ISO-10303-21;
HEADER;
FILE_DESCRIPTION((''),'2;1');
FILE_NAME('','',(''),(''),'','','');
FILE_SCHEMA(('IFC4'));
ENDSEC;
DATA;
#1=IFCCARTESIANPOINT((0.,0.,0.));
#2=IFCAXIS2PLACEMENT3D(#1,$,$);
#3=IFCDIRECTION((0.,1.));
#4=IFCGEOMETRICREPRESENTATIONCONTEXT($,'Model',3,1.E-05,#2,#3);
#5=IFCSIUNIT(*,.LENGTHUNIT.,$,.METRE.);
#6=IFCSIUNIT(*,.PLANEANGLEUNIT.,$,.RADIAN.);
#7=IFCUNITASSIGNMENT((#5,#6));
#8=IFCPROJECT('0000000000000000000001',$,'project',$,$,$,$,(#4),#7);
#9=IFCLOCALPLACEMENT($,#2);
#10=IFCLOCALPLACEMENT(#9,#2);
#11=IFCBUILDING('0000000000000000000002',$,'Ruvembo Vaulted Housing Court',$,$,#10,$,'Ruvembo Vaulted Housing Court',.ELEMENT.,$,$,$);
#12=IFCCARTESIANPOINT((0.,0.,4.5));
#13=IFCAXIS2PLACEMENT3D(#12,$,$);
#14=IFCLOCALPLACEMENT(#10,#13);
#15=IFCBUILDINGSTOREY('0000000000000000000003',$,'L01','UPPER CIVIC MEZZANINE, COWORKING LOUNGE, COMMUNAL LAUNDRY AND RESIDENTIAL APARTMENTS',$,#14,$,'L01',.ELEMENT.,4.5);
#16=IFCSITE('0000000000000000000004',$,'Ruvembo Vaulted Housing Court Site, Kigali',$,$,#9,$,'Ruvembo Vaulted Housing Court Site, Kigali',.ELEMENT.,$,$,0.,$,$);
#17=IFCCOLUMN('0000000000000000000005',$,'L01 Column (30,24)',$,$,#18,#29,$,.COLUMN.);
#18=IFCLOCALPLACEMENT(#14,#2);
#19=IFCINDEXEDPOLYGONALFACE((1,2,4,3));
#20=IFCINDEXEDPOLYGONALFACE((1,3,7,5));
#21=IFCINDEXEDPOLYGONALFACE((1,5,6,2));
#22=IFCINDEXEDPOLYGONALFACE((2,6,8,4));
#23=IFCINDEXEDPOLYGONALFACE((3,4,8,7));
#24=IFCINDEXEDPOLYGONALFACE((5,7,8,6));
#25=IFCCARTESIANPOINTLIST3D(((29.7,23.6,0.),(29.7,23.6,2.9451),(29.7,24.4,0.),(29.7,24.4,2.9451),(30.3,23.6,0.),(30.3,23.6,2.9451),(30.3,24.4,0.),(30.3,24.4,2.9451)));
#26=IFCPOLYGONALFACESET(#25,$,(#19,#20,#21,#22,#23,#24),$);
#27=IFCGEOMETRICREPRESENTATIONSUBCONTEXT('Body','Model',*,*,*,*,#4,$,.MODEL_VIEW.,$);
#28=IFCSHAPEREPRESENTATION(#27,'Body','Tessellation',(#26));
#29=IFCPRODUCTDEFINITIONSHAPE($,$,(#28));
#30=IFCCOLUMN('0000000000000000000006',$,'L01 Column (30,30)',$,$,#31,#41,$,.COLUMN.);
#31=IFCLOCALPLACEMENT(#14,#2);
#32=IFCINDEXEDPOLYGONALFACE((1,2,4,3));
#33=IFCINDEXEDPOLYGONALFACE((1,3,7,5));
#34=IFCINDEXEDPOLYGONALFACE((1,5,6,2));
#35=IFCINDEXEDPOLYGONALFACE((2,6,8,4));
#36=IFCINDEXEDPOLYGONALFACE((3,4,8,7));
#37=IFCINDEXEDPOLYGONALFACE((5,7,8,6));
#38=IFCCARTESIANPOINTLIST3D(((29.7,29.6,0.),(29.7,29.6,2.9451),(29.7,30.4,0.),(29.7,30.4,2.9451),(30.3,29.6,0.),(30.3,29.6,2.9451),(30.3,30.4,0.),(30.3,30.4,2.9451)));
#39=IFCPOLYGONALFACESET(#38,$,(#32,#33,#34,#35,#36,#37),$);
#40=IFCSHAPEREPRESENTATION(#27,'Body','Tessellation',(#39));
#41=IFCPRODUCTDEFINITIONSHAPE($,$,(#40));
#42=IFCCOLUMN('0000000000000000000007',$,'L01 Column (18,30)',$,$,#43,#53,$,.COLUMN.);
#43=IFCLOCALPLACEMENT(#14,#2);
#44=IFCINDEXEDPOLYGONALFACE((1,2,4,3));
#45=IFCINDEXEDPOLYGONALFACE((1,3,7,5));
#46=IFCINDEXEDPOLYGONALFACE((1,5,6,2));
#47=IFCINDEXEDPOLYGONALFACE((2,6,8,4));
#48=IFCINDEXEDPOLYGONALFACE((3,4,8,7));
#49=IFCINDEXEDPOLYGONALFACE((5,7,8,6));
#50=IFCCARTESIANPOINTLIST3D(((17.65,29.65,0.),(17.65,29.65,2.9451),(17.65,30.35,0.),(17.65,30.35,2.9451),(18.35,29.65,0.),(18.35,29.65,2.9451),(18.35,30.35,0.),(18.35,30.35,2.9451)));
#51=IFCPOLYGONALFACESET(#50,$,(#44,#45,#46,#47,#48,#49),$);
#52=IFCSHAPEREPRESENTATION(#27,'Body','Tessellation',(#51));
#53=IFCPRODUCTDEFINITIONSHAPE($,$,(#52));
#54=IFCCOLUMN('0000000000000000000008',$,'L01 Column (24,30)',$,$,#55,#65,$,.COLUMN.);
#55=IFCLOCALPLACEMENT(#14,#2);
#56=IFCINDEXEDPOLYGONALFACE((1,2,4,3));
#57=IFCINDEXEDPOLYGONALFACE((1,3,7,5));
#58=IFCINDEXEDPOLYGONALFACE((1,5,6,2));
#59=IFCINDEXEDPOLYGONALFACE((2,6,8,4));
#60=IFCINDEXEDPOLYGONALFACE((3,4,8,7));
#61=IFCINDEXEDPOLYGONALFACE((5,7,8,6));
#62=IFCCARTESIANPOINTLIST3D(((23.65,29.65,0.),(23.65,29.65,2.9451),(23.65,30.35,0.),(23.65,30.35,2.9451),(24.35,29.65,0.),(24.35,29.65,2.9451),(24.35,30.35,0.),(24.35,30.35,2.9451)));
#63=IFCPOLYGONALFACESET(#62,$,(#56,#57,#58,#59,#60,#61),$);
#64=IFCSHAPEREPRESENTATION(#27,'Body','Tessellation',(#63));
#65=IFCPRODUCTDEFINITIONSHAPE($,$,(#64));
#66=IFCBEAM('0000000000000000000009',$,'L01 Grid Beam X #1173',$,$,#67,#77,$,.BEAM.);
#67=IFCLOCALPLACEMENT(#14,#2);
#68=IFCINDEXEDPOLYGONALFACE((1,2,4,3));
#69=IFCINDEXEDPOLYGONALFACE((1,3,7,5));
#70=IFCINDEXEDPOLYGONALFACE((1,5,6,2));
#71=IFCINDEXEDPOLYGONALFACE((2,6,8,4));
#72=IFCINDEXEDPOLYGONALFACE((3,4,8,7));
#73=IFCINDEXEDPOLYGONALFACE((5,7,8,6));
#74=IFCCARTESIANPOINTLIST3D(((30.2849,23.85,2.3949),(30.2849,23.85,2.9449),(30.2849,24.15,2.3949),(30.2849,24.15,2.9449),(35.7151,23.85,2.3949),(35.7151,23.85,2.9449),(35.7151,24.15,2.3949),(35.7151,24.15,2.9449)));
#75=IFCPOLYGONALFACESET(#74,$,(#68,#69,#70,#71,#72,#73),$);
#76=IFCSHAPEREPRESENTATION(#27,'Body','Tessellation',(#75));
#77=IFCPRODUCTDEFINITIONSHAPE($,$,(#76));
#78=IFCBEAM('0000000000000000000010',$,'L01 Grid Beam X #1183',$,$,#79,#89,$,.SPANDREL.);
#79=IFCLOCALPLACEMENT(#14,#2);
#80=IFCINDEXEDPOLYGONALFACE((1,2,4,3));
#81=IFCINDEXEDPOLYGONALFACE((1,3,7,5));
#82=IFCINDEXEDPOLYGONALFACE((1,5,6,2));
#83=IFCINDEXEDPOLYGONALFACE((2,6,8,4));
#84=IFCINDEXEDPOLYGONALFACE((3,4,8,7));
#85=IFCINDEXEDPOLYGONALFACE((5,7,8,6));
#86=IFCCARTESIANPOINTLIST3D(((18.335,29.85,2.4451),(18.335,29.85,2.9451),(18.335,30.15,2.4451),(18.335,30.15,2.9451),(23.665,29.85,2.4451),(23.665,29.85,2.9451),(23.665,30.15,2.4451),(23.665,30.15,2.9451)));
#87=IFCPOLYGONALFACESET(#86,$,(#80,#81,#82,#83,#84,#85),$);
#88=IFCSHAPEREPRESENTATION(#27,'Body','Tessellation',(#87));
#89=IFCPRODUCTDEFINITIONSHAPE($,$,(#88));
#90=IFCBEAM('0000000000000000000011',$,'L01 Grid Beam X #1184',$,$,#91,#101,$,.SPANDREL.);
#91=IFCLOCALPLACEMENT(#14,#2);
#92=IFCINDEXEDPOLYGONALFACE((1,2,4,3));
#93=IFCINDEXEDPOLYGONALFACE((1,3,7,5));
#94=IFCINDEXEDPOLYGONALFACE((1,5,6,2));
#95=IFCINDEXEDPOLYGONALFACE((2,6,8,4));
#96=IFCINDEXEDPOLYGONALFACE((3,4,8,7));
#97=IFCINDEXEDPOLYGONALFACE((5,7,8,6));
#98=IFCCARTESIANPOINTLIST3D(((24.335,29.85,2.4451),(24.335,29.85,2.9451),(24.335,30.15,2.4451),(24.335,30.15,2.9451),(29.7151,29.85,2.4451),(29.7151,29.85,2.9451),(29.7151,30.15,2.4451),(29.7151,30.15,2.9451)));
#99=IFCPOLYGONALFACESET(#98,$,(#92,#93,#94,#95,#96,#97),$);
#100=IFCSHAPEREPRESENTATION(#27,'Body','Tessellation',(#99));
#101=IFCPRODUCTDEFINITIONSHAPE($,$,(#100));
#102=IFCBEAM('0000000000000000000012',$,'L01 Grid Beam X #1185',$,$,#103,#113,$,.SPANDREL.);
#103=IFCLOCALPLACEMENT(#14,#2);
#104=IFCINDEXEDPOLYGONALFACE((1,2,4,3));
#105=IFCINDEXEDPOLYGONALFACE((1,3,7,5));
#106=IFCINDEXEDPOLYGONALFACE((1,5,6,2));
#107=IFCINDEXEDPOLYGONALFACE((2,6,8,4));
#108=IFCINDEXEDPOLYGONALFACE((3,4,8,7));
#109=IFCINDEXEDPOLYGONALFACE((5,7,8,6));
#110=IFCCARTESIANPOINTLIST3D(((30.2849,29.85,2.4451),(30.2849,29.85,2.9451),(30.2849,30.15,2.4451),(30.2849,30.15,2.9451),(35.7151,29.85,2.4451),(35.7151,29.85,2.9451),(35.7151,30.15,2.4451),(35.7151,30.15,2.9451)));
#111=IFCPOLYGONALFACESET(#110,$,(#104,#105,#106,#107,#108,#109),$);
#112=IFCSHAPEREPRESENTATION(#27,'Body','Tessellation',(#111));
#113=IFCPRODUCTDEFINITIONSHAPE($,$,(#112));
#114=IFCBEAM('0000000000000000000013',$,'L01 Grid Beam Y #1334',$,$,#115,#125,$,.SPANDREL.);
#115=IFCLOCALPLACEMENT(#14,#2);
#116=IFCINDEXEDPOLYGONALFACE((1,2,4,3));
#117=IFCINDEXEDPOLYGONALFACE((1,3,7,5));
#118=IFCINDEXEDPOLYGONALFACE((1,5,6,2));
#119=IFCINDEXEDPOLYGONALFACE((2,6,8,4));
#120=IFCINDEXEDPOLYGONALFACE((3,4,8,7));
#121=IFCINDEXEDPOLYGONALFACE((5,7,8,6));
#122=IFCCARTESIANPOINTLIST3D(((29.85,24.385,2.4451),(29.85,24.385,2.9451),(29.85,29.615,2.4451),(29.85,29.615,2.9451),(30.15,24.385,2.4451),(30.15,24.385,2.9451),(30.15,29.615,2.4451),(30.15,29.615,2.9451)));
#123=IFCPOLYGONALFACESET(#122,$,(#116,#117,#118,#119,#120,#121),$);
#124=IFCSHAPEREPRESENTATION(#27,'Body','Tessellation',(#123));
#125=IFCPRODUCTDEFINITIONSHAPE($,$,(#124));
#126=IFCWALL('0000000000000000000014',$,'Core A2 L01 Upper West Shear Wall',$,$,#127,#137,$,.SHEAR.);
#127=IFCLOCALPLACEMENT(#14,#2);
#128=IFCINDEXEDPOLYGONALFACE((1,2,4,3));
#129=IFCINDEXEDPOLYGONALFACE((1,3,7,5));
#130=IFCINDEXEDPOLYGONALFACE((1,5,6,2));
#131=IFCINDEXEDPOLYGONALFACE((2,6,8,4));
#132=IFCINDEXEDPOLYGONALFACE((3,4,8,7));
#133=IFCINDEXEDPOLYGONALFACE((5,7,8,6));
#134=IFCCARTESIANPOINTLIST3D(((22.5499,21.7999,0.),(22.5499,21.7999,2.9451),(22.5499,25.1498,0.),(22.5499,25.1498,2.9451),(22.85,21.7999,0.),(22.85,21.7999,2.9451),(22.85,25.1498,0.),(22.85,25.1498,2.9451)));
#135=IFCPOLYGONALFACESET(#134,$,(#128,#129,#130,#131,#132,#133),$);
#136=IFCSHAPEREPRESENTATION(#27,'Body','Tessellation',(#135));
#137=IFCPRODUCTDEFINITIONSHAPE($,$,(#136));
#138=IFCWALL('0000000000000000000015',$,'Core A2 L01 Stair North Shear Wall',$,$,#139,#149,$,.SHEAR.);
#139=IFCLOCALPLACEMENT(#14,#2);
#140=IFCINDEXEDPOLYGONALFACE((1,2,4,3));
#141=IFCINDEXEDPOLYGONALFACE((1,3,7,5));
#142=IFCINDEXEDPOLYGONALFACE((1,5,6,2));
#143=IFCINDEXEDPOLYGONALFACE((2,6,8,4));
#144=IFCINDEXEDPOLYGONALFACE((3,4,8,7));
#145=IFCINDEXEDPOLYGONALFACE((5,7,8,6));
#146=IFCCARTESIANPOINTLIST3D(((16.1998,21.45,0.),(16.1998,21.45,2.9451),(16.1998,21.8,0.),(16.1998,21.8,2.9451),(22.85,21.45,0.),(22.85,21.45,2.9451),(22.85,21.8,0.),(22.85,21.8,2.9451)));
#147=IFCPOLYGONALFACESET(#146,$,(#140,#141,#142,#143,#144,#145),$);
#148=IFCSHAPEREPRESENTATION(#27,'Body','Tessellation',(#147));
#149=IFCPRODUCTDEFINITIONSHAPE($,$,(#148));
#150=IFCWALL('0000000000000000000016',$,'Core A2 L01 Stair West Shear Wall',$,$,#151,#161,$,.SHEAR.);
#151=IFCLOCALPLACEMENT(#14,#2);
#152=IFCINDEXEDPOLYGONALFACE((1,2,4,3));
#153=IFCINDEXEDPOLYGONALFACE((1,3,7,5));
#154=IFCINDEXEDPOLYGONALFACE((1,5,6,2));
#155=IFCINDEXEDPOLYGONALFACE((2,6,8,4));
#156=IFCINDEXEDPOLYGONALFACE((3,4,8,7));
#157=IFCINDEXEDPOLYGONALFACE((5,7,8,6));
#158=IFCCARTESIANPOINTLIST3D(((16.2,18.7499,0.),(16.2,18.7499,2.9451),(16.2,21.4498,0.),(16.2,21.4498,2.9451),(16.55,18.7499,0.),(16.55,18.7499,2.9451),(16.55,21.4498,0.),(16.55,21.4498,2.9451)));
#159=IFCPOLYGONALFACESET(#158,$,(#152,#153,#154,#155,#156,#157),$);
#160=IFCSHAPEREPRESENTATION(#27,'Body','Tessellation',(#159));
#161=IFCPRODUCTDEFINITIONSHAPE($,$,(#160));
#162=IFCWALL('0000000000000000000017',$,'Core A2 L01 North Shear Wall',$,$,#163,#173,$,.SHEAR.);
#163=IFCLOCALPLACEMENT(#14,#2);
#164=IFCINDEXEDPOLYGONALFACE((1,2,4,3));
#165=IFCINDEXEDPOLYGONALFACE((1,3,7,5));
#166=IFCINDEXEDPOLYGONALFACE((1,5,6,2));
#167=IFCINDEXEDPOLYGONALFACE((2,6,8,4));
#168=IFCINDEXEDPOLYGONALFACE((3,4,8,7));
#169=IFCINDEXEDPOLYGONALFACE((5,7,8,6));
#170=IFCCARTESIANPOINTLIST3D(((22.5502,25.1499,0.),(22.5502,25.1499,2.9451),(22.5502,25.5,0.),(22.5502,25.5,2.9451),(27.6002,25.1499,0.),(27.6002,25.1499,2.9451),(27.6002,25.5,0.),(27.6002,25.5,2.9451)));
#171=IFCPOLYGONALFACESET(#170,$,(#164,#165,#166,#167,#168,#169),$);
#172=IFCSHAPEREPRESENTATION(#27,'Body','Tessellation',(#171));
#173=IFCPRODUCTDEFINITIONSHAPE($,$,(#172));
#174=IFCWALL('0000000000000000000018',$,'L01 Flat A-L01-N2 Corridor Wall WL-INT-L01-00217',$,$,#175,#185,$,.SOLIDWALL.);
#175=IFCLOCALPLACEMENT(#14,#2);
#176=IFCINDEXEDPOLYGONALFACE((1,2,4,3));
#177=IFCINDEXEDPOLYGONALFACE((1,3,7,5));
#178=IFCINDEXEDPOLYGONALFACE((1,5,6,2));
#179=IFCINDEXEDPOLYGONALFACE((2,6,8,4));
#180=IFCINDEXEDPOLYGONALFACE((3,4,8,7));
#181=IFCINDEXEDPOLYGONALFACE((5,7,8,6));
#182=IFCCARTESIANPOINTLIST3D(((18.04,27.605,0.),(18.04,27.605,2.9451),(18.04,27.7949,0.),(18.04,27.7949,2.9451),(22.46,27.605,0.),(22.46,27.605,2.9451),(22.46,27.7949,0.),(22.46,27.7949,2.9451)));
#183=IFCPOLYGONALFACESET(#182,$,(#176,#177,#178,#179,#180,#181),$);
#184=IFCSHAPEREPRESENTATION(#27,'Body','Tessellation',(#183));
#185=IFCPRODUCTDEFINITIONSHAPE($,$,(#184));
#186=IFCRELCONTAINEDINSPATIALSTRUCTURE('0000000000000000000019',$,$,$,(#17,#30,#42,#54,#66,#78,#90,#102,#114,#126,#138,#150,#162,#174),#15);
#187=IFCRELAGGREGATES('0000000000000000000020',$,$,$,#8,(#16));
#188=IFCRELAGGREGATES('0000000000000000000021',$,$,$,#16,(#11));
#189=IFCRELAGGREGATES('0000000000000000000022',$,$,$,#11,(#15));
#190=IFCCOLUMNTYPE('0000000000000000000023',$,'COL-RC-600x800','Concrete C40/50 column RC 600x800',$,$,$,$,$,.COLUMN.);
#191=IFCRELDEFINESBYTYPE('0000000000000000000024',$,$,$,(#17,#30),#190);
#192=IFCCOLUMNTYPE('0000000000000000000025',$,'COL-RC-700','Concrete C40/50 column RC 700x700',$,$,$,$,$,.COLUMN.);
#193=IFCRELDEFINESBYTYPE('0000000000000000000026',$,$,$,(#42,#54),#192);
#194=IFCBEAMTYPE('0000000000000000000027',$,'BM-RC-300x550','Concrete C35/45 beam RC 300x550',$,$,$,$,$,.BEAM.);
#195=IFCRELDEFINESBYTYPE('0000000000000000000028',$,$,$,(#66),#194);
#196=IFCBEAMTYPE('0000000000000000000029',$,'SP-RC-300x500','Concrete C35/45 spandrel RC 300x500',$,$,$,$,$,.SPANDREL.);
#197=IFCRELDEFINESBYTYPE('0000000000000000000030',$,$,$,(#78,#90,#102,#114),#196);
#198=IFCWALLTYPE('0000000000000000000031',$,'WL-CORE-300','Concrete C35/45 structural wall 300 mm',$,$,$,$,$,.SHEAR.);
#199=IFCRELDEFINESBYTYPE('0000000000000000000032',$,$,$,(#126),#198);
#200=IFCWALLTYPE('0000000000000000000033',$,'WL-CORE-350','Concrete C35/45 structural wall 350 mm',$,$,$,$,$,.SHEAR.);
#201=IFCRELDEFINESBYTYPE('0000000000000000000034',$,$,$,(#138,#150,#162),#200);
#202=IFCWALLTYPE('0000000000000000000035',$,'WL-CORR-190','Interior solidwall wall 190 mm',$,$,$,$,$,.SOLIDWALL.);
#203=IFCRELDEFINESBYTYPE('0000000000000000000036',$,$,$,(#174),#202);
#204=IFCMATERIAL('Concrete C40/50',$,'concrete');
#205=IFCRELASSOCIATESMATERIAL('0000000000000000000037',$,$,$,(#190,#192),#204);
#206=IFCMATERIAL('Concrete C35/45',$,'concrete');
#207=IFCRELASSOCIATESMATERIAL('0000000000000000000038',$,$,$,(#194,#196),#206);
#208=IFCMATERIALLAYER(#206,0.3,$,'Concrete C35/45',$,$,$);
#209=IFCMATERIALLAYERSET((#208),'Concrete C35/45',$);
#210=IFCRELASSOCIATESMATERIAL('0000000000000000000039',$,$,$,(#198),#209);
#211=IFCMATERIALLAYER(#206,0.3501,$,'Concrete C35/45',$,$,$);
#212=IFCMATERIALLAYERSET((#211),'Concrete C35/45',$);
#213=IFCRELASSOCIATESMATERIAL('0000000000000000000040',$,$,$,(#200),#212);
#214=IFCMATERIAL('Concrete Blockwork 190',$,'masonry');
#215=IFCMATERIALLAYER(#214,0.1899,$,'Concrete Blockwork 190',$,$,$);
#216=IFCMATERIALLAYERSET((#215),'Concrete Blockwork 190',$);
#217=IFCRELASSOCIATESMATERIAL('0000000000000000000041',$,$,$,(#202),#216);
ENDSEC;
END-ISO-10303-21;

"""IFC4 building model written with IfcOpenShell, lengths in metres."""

from ifc_helpers import new_model, si_unit, direction, frame, frame_2d, origin, origin_2d, place, context, subcontext, project, spatial, rectangle, extrude, material, layer, layer_set, material_profile, profile_set, type_object, element, save


model = new_model("IFC4")

# Units and contexts
model_context = context("Model", 3, precision=1e-05, world=origin(), true_north=direction((0.0, 1.0)))
body_context = subcontext(model_context, "Body", "Model", "MODEL_VIEW")
ifc_project = project(units=[si_unit("LENGTHUNIT", "METRE"), si_unit("PLANEANGLEUNIT", "RADIAN")], contexts=[model_context])

# Site, building, storey
site_placement = place(None, origin())
site = spatial("IfcSite", under=ifc_project, at=site_placement, Name="Ruvembo Vaulted Housing Court Site, Kigali", LongName="Ruvembo Vaulted Housing Court Site, Kigali", CompositionType="ELEMENT", RefElevation=0.0)
building_placement = place(site_placement, origin())
building = spatial("IfcBuilding", under=site, at=building_placement, Name="Ruvembo Vaulted Housing Court", LongName="Ruvembo Vaulted Housing Court", CompositionType="ELEMENT")
storey_placement = place(building_placement, frame((0.0, 0.0, 4.5)))
storey = spatial("IfcBuildingStorey", under=building, at=storey_placement, Name="L01", Description="UPPER CIVIC MEZZANINE, COWORKING LOUNGE, COMMUNAL LAUNDRY AND RESIDENTIAL APARTMENTS", LongName="L01", CompositionType="ELEMENT", Elevation=4.5)

# Columns
ifc_material_1 = material(Name="Concrete C40/50", Category="concrete")
ifc_material_profile_1 = material_profile(ifc_material_1, rectangle(XDim=0.6001, YDim=0.8, at=origin_2d()), Name="RC 600x800")
ifc_profile_set_1 = profile_set([ifc_material_profile_1], Name="Concrete C40/50")
column_type_1 = type_object("IfcColumnType", Name="COL-RC-600x800", Description="Concrete C40/50 column RC 600x800", PredefinedType="COLUMN", material=ifc_profile_set_1)
for number, where, z_axis, x_axis, name in (
    (1, (30.0, 24.0, 0.0), (0.0, 0.0, 1.0), (1.0, 0.0, 0.0), "L01 Column (30,24)"),
    (2, (30.0, 30.0, 0.0), (0.0, 0.0, 1.0), (1.0, 0.0, 0.0), "L01 Column (30,30)"),
):
    element("IfcColumn", number, at=place(storey_placement, frame(where, z_axis=z_axis, x_axis=x_axis)), inside=storey, type_object=column_type_1, Name=name, PredefinedType="COLUMN", context=body_context, shape_type="SweptSolid", body=[
        extrude(rectangle(XDim=0.6001, YDim=0.8, at=origin_2d()), origin(), (0.0, 0.0, 1.0), 2.9451),
    ])
ifc_material_profile_2 = material_profile(ifc_material_1, rectangle(XDim=0.7, YDim=0.7, at=origin_2d()), Name="RC 700x700")
ifc_profile_set_2 = profile_set([ifc_material_profile_2], Name="Concrete C40/50")
column_type_2 = type_object("IfcColumnType", Name="COL-RC-700", Description="Concrete C40/50 column RC 700x700", PredefinedType="COLUMN", material=ifc_profile_set_2)
for number, where, z_axis, x_axis, name in (
    (3, (18.0, 30.0, 0.0), (0.0, 0.0, 1.0), (1.0, 0.0, 0.0), "L01 Column (18,30)"),
    (4, (24.0, 30.0, 0.0), (0.0, 0.0, 1.0), (1.0, 0.0, 0.0), "L01 Column (24,30)"),
):
    element("IfcColumn", number, at=place(storey_placement, frame(where, z_axis=z_axis, x_axis=x_axis)), inside=storey, type_object=column_type_2, Name=name, PredefinedType="COLUMN", context=body_context, shape_type="SweptSolid", body=[
        extrude(rectangle(XDim=0.7, YDim=0.7, at=origin_2d()), origin(), (0.0, 0.0, 1.0), 2.9451),
    ])

# Beams
ifc_material_2 = material(Name="Concrete C35/45", Category="concrete")
ifc_material_profile_3 = material_profile(ifc_material_2, rectangle(XDim=0.3, YDim=0.55, at=origin_2d()), Name="RC 300x550")
ifc_profile_set_3 = profile_set([ifc_material_profile_3], Name="Concrete C35/45")
beam_type_1 = type_object("IfcBeamType", Name="BM-RC-300x550", Description="Concrete C35/45 beam RC 300x550", PredefinedType="BEAM", material=ifc_profile_set_3)
beam_1_placement = place(storey_placement, frame((30.2849, 24.0, 2.6699), z_axis=(1.0, 0.0, 0.0), x_axis=(0.0, 1.0, 0.0)))
element("IfcBeam", 5, at=beam_1_placement, inside=storey, type_object=beam_type_1, Name="L01 Grid Beam X #1173", PredefinedType="BEAM", context=body_context, shape_type="SweptSolid", body=[
    extrude(rectangle(XDim=0.3, YDim=0.55, at=origin_2d()), origin(), (0.0, 0.0, 1.0), 5.4302),
])
ifc_material_profile_4 = material_profile(ifc_material_2, rectangle(XDim=0.3, YDim=0.5, at=origin_2d()), Name="RC 300x500")
ifc_profile_set_4 = profile_set([ifc_material_profile_4], Name="Concrete C35/45")
beam_type_2 = type_object("IfcBeamType", Name="SP-RC-300x500", Description="Concrete C35/45 spandrel RC 300x500", PredefinedType="SPANDREL", material=ifc_profile_set_4)
beam_2_placement = place(storey_placement, frame((18.335, 30.0, 2.6951), z_axis=(1.0, 0.0, 0.0), x_axis=(0.0, 1.0, 0.0)))
element("IfcBeam", 6, at=beam_2_placement, inside=storey, type_object=beam_type_2, Name="L01 Grid Beam X #1183", PredefinedType="SPANDREL", context=body_context, shape_type="SweptSolid", body=[
    extrude(rectangle(XDim=0.3, YDim=0.5, at=origin_2d()), origin(), (0.0, 0.0, 1.0), 5.3301),
])
beam_3_placement = place(storey_placement, frame((24.335, 30.0, 2.6951), z_axis=(1.0, 0.0, 0.0), x_axis=(0.0, 1.0, 0.0)))
element("IfcBeam", 7, at=beam_3_placement, inside=storey, type_object=beam_type_2, Name="L01 Grid Beam X #1184", PredefinedType="SPANDREL", context=body_context, shape_type="SweptSolid", body=[
    extrude(rectangle(XDim=0.3, YDim=0.5, at=origin_2d()), origin(), (0.0, 0.0, 1.0), 5.3801),
])
beam_4_placement = place(storey_placement, frame((30.2849, 30.0, 2.6951), z_axis=(1.0, 0.0, 0.0), x_axis=(0.0, 1.0, 0.0)))
element("IfcBeam", 8, at=beam_4_placement, inside=storey, type_object=beam_type_2, Name="L01 Grid Beam X #1185", PredefinedType="SPANDREL", context=body_context, shape_type="SweptSolid", body=[
    extrude(rectangle(XDim=0.3, YDim=0.5, at=origin_2d()), origin(), (0.0, 0.0, 1.0), 5.4302),
])
beam_5_placement = place(storey_placement, frame((30.0, 24.385, 2.6951), z_axis=(0.0, 1.0, 0.0), x_axis=(-1.0, 0.0, 0.0)))
element("IfcBeam", 9, at=beam_5_placement, inside=storey, type_object=beam_type_2, Name="L01 Grid Beam Y #1334", PredefinedType="SPANDREL", context=body_context, shape_type="SweptSolid", body=[
    extrude(rectangle(XDim=0.3, YDim=0.5, at=origin_2d()), origin(), (0.0, 0.0, 1.0), 5.23),
])

# Walls
ifc_layer_1 = layer(ifc_material_2, 0.3, Name="Concrete C35/45")
ifc_layer_set_1 = layer_set([ifc_layer_1], Name="Concrete C35/45")
wall_type_1 = type_object("IfcWallType", Name="WL-CORE-300", Description="Concrete C35/45 structural wall 300 mm", PredefinedType="SHEAR", material=ifc_layer_set_1)
wall_1_placement = place(storey_placement, frame((22.7, 21.8, 0.0), z_axis=(0.0, 0.0, 1.0), x_axis=(0.0, 1.0, 0.0)))
element("IfcWall", 10, at=wall_1_placement, inside=storey, type_object=wall_type_1, Name="Core A2 L01 Upper West Shear Wall", PredefinedType="SHEAR", context=body_context, shape_type="SweptSolid", body=[
    extrude(rectangle(XDim=3.3499, YDim=0.3, at=frame_2d((1.6748, 0.0))), origin(), (0.0, 0.0, 1.0), 2.9451),
])
ifc_layer_2 = layer(ifc_material_2, 0.3501, Name="Concrete C35/45")
ifc_layer_set_2 = layer_set([ifc_layer_2], Name="Concrete C35/45")
wall_type_2 = type_object("IfcWallType", Name="WL-CORE-350", Description="Concrete C35/45 structural wall 350 mm", PredefinedType="SHEAR", material=ifc_layer_set_2)
wall_2_placement = place(storey_placement, frame((22.8501, 21.625, 0.0), z_axis=(0.0, 0.0, 1.0), x_axis=(-1.0, 0.0, 0.0)))
element("IfcWall", 11, at=wall_2_placement, inside=storey, type_object=wall_type_2, Name="Core A2 L01 Stair North Shear Wall", PredefinedType="SHEAR", context=body_context, shape_type="SweptSolid", body=[
    extrude(rectangle(XDim=6.6501, YDim=0.3501, at=frame_2d((3.3252, 0.0))), origin(), (0.0, 0.0, 1.0), 2.9451),
])
wall_3_placement = place(storey_placement, frame((16.375, 21.45, 0.0), z_axis=(0.0, 0.0, 1.0), x_axis=(0.0, -1.0, 0.0)))
element("IfcWall", 12, at=wall_3_placement, inside=storey, type_object=wall_type_2, Name="Core A2 L01 Stair West Shear Wall", PredefinedType="SHEAR", context=body_context, shape_type="SweptSolid", body=[
    extrude(rectangle(XDim=2.7, YDim=0.3501, at=frame_2d((1.3501, 0.0))), origin(), (0.0, 0.0, 1.0), 2.9451),
])
wall_4_placement = place(storey_placement, frame((27.6001, 25.325, 0.0), z_axis=(0.0, 0.0, 1.0), x_axis=(-1.0, 0.0, 0.0)))
element("IfcWall", 13, at=wall_4_placement, inside=storey, type_object=wall_type_2, Name="Core A2 L01 North Shear Wall", PredefinedType="SHEAR", context=body_context, shape_type="SweptSolid", body=[
    extrude(rectangle(XDim=5.05, YDim=0.3501, at=frame_2d((2.5249, 0.0))), origin(), (0.0, 0.0, 1.0), 2.9451),
])
ifc_material_3 = material(Name="Concrete Blockwork 190", Category="masonry")
ifc_layer_3 = layer(ifc_material_3, 0.1899, Name="Concrete Blockwork 190")
ifc_layer_set_3 = layer_set([ifc_layer_3], Name="Concrete Blockwork 190")
wall_type_3 = type_object("IfcWallType", Name="WL-CORR-190", Description="Interior solidwall wall 190 mm", PredefinedType="SOLIDWALL", material=ifc_layer_set_3)
wall_5_placement = place(storey_placement, frame((18.04, 27.7, 0.0), z_axis=(0.0, 0.0, 1.0), x_axis=(1.0, 0.0, 0.0)))
element("IfcWall", 14, at=wall_5_placement, inside=storey, type_object=wall_type_3, Name="L01 Flat A-L01-N2 Corridor Wall WL-INT-L01-00217", PredefinedType="SOLIDWALL", context=body_context, shape_type="SweptSolid", body=[
    extrude(rectangle(XDim=4.4199, YDim=0.1899, at=frame_2d((2.21, 0.0))), origin(), (0.0, 0.0, 1.0), 2.9451),
])

save(model, "model.ifc")
